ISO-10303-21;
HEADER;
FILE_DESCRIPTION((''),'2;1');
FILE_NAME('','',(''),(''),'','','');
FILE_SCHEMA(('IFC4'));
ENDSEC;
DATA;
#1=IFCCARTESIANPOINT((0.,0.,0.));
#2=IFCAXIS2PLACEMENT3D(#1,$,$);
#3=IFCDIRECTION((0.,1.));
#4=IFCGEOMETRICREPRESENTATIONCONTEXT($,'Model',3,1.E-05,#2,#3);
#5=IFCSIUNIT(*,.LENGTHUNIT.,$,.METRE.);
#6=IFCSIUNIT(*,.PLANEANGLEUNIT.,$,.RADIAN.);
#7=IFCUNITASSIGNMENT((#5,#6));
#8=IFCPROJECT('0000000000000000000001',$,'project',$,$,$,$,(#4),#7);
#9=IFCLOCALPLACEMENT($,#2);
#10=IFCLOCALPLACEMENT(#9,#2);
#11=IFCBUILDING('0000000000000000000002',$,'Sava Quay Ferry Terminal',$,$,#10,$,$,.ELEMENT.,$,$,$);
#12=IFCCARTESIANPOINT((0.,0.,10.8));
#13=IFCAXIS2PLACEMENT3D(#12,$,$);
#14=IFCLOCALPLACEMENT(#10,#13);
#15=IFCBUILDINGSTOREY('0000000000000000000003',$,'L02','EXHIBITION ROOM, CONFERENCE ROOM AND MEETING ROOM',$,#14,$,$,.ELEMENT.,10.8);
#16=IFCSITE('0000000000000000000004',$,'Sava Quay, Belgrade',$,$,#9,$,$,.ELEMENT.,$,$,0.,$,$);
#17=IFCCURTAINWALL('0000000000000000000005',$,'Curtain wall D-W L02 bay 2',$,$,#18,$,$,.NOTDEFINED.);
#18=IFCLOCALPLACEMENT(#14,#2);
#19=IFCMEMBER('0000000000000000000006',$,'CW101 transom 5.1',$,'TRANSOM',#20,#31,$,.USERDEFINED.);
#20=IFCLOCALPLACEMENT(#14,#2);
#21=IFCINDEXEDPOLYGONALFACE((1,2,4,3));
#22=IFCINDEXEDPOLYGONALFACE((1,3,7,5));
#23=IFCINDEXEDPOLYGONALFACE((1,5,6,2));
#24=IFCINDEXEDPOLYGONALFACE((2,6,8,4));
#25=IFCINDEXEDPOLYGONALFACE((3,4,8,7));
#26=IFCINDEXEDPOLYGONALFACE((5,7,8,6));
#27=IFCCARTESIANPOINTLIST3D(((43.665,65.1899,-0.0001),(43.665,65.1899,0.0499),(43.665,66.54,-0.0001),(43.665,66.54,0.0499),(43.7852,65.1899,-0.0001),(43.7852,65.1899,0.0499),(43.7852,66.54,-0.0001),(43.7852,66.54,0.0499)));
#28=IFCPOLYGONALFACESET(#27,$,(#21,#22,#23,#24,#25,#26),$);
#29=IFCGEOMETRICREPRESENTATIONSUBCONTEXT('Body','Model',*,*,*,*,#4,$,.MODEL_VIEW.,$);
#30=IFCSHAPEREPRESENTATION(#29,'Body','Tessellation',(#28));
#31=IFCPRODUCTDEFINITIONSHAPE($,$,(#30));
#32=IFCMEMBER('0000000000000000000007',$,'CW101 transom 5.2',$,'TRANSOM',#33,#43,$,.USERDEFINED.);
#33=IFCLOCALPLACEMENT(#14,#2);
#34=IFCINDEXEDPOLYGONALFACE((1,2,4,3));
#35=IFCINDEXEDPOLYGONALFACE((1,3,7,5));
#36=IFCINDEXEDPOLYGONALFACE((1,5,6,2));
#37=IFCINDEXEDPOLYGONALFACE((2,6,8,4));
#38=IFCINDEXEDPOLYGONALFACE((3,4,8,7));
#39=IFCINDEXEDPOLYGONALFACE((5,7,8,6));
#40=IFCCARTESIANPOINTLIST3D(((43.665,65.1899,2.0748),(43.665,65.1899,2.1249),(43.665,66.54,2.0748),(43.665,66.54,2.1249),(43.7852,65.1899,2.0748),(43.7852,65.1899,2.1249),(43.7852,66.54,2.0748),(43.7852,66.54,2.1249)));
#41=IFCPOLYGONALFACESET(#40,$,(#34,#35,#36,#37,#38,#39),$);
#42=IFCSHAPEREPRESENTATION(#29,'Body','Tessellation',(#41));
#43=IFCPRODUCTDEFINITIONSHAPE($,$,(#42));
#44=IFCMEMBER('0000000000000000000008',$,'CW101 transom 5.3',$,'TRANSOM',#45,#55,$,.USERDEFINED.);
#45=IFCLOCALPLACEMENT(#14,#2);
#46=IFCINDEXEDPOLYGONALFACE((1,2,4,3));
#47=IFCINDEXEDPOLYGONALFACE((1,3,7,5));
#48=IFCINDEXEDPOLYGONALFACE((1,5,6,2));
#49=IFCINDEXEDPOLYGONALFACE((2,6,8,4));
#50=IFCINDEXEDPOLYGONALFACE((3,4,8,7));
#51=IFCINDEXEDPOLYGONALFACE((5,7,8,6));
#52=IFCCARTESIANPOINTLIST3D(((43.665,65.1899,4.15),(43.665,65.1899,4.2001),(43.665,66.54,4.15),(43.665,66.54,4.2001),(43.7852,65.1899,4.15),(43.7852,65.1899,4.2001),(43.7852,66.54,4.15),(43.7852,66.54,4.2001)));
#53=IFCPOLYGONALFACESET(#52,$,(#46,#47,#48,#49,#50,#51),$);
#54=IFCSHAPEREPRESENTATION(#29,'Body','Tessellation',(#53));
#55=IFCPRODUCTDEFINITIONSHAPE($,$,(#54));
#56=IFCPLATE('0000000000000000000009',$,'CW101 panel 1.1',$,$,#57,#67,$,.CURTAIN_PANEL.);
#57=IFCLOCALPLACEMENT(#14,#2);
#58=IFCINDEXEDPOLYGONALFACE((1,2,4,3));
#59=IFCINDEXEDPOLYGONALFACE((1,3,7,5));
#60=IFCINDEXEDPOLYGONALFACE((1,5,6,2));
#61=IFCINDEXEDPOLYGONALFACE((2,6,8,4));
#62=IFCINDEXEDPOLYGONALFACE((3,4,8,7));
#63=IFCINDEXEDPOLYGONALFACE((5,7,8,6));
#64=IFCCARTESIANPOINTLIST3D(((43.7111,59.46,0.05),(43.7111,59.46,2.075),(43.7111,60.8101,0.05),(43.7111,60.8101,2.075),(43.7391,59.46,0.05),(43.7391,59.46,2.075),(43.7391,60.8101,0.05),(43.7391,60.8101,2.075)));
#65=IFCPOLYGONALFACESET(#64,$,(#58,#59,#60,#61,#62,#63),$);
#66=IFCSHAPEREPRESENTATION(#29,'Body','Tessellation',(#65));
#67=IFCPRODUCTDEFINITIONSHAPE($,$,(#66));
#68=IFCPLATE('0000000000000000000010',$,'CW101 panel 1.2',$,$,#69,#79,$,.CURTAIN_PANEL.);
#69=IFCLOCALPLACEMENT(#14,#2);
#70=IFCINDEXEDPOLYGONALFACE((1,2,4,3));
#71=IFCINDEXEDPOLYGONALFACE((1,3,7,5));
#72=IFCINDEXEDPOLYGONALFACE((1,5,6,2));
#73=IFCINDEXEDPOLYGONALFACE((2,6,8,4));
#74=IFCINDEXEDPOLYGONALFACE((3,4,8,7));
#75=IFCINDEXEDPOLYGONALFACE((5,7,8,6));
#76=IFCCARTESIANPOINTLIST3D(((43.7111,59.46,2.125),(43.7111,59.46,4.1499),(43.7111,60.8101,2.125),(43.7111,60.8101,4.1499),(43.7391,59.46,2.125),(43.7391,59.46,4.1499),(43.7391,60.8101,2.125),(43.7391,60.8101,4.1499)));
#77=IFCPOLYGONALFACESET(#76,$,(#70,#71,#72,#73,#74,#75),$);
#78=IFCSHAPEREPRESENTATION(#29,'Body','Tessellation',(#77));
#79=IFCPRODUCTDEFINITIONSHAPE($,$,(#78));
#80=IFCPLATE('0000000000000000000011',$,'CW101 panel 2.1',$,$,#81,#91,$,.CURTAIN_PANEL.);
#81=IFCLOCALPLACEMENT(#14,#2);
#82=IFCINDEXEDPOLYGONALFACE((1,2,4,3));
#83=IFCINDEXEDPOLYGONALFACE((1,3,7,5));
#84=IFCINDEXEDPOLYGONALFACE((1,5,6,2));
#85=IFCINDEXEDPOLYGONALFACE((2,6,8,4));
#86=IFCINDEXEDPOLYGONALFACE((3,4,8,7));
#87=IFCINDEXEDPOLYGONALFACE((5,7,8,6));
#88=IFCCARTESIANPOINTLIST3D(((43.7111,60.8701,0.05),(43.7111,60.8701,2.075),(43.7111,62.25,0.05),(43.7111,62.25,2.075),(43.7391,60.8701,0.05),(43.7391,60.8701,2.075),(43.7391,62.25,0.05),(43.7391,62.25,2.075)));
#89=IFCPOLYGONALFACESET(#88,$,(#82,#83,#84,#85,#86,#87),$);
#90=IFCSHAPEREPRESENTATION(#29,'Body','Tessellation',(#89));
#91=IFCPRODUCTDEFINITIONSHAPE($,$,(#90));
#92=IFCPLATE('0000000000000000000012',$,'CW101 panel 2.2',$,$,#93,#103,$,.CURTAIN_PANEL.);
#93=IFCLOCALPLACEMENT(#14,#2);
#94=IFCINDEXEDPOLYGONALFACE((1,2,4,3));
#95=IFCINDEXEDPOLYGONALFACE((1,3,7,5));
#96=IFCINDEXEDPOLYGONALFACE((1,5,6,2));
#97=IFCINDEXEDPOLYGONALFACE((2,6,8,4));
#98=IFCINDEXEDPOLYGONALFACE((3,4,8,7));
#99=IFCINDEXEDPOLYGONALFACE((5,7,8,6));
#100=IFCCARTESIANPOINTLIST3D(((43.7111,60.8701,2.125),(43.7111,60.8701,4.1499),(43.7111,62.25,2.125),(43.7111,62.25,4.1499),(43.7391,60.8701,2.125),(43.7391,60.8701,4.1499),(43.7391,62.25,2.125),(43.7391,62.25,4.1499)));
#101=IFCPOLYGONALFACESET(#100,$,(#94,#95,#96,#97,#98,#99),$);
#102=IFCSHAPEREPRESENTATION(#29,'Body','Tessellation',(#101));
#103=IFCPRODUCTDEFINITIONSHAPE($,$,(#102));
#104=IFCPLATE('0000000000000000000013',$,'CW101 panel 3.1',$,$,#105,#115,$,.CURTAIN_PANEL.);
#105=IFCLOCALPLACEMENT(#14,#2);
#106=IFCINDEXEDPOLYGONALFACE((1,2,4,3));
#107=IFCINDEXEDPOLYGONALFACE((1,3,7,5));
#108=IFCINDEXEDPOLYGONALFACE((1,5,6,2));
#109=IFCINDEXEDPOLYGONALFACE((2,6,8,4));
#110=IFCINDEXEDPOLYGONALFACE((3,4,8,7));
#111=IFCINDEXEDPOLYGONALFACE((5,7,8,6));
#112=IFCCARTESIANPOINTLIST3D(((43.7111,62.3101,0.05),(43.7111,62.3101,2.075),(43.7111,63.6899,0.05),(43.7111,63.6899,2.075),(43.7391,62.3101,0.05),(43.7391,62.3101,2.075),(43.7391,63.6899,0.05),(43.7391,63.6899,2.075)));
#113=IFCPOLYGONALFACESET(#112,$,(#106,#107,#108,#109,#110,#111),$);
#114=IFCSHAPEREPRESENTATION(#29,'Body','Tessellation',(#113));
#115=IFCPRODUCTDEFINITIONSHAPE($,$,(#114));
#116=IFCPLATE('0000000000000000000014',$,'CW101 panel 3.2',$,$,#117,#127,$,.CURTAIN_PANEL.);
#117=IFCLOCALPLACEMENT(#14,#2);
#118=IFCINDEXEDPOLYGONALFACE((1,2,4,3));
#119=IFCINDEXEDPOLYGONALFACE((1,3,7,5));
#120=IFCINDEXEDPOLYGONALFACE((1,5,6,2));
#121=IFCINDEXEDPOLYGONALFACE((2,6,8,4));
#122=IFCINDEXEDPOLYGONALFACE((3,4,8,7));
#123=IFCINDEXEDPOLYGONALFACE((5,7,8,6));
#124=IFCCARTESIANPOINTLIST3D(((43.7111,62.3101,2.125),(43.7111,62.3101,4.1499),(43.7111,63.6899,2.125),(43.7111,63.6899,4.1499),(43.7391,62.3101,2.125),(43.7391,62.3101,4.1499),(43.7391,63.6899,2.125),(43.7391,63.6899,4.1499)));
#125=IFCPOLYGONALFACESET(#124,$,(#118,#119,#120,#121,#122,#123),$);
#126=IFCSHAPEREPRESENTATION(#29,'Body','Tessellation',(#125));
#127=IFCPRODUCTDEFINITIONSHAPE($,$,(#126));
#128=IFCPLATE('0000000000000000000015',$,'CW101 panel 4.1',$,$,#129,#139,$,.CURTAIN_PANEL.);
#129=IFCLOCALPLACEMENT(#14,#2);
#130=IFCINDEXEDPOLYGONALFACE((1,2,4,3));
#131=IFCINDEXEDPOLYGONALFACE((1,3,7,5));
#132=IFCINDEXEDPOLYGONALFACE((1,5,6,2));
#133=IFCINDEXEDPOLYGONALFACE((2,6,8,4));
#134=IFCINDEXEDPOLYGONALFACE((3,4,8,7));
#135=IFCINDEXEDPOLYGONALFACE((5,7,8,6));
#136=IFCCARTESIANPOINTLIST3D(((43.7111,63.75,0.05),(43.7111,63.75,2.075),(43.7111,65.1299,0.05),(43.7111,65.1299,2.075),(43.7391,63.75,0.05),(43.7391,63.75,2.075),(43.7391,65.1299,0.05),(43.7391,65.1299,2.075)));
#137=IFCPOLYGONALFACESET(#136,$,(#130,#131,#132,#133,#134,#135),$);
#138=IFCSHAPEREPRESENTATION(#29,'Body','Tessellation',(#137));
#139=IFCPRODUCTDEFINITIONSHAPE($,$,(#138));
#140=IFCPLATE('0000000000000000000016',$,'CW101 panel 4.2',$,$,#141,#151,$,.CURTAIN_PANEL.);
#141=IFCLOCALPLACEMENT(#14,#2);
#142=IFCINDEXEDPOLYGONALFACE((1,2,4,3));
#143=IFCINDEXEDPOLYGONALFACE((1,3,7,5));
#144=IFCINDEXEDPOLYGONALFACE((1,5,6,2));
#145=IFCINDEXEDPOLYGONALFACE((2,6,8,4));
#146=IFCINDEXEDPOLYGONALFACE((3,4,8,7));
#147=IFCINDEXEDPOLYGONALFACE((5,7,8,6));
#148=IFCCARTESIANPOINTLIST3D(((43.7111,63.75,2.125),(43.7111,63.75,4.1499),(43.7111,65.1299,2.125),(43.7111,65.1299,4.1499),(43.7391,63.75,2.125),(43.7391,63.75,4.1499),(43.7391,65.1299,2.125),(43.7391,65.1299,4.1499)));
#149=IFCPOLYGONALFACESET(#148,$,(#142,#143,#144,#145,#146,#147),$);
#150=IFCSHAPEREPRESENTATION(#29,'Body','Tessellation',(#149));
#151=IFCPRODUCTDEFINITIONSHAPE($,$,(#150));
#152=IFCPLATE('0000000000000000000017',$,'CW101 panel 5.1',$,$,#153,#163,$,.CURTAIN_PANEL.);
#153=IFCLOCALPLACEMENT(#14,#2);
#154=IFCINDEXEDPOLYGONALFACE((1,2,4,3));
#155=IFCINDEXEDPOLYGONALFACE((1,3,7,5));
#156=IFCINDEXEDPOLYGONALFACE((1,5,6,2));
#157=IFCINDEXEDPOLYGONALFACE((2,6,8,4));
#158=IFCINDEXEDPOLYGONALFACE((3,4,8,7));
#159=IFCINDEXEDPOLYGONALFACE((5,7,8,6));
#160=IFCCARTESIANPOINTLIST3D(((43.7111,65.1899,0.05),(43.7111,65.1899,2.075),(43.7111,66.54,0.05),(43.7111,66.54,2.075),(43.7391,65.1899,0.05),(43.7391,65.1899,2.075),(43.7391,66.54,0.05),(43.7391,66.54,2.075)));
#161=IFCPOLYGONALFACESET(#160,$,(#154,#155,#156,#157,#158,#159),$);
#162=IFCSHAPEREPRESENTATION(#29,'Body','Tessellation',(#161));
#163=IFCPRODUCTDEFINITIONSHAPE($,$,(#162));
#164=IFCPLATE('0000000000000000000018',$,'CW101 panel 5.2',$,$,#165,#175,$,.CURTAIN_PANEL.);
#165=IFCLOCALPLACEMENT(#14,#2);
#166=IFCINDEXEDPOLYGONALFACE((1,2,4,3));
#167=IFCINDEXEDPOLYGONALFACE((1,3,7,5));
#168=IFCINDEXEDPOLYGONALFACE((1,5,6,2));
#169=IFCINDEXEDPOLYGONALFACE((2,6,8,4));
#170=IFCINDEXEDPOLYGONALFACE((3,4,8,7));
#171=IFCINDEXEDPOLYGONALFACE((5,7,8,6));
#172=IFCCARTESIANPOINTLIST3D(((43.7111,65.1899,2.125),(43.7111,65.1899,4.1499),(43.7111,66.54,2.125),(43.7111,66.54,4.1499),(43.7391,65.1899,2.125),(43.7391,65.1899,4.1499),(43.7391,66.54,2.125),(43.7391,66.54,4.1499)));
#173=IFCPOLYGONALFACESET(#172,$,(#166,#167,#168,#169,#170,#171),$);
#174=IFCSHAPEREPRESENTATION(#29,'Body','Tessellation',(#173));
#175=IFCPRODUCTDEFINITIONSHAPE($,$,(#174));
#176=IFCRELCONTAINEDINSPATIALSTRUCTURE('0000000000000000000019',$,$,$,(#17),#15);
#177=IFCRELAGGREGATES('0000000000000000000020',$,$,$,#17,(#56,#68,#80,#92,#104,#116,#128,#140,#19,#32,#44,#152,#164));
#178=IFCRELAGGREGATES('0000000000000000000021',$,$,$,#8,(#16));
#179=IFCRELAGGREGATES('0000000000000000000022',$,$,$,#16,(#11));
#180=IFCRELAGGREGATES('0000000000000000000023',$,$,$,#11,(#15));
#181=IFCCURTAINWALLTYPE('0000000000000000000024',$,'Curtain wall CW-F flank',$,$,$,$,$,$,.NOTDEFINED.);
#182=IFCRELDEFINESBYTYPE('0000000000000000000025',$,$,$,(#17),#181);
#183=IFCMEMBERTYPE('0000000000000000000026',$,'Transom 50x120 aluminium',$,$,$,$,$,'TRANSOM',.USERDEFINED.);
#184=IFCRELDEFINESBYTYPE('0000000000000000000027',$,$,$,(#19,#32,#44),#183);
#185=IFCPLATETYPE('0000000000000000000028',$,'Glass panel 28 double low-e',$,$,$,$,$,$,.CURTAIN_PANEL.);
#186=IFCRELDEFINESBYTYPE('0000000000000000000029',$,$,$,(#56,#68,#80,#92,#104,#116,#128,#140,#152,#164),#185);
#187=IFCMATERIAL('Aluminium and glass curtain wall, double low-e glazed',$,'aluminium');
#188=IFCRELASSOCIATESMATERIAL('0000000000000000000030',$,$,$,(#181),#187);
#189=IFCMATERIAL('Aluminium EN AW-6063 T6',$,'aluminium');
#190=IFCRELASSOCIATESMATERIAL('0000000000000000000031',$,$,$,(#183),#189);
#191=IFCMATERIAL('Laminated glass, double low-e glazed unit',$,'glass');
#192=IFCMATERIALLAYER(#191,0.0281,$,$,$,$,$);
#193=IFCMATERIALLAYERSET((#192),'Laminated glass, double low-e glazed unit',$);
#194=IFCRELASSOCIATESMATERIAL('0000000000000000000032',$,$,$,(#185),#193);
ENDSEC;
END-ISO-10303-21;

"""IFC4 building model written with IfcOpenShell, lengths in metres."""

from ifc_helpers import new_model, si_unit, direction, frame, origin, origin_2d, place, context, subcontext, project, spatial, rectangle, extrude, material, layer, layer_set, material_profile, profile_set, type_object, element, aggregate, save


model = new_model("IFC4")

# Units and contexts
model_context = context("Model", 3, precision=1e-05, world=origin(), true_north=direction((0.0, 1.0)))
body_context = subcontext(model_context, "Body", "Model", "MODEL_VIEW")
ifc_project = project(units=[si_unit("LENGTHUNIT", "METRE"), si_unit("PLANEANGLEUNIT", "RADIAN")], contexts=[model_context])

# Site, building, storey
site_placement = place(None, origin())
site = spatial("IfcSite", under=ifc_project, at=site_placement, Name="Sava Quay, Belgrade", CompositionType="ELEMENT", RefElevation=0.0)
building_placement = place(site_placement, origin())
building = spatial("IfcBuilding", under=site, at=building_placement, Name="Sava Quay Ferry Terminal", CompositionType="ELEMENT")
storey_placement = place(building_placement, frame((0.0, 0.0, 10.8)))
storey = spatial("IfcBuildingStorey", under=building, at=storey_placement, Name="L02", Description="EXHIBITION ROOM, CONFERENCE ROOM AND MEETING ROOM", CompositionType="ELEMENT", Elevation=10.8)

# Shared definitions
ifc_material_1 = material(Name="Aluminium and glass curtain wall, double low-e glazed", Category="aluminium")
curtain_wall_type = type_object("IfcCurtainWallType", Name="Curtain wall CW-F flank", PredefinedType="NOTDEFINED", material=ifc_material_1)

# Curtain wall, members, plates
curtain_wall_1_placement = place(storey_placement, origin())
curtain_wall_1 = element("IfcCurtainWall", 1, at=curtain_wall_1_placement, inside=storey, type_object=curtain_wall_type, Name="Curtain wall D-W L02 bay 2", PredefinedType="NOTDEFINED")
ifc_material_2 = material(Name="Aluminium EN AW-6063 T6", Category="aluminium")
ifc_material_profile_1 = material_profile(ifc_material_2, rectangle(XDim=0.1201, YDim=0.05, at=origin_2d()), Name="Transom 50x120 aluminium")
ifc_profile_set_1 = profile_set([ifc_material_profile_1], Name="Aluminium EN AW-6063 T6")
member_type_1 = type_object("IfcMemberType", Name="Transom 50x120 aluminium", ElementType="TRANSOM", PredefinedType="USERDEFINED", material=ifc_profile_set_1)
member_1_placement = place(storey_placement, frame((43.7251, 65.1899, 0.0249), z_axis=(0.0, 1.0, 0.0), x_axis=(-1.0, 0.0, 0.0)))
member_1 = element("IfcMember", 2, at=member_1_placement, type_object=member_type_1, Name="CW101 transom 5.1", ObjectType="TRANSOM", PredefinedType="USERDEFINED", context=body_context, shape_type="SweptSolid", body=[
    extrude(rectangle(XDim=0.1201, YDim=0.05, at=origin_2d()), origin(), (0.0, 0.0, 1.0), 1.3501),
])
member_2_placement = place(storey_placement, frame((43.7251, 65.1899, 2.0999), z_axis=(0.0, 1.0, 0.0), x_axis=(-1.0, 0.0, 0.0)))
member_2 = element("IfcMember", 3, at=member_2_placement, type_object=member_type_1, Name="CW101 transom 5.2", ObjectType="TRANSOM", PredefinedType="USERDEFINED", context=body_context, shape_type="SweptSolid", body=[
    extrude(rectangle(XDim=0.1201, YDim=0.05, at=origin_2d()), origin(), (0.0, 0.0, 1.0), 1.3501),
])
member_3_placement = place(storey_placement, frame((43.7251, 65.1899, 4.175), z_axis=(0.0, 1.0, 0.0), x_axis=(-1.0, 0.0, 0.0)))
member_3 = element("IfcMember", 4, at=member_3_placement, type_object=member_type_1, Name="CW101 transom 5.3", ObjectType="TRANSOM", PredefinedType="USERDEFINED", context=body_context, shape_type="SweptSolid", body=[
    extrude(rectangle(XDim=0.1201, YDim=0.05, at=origin_2d()), origin(), (0.0, 0.0, 1.0), 1.3501),
])
ifc_material_3 = material(Name="Laminated glass, double low-e glazed unit", Category="glass")
ifc_layer = layer(ifc_material_3, 0.0281)
ifc_layer_set = layer_set([ifc_layer], Name="Laminated glass, double low-e glazed unit")
plate_type = type_object("IfcPlateType", Name="Glass panel 28 double low-e", PredefinedType="CURTAIN_PANEL", material=ifc_layer_set)
plate_1_placement = place(storey_placement, frame((43.7251, 60.135, 0.05), z_axis=(0.0, 0.0, 1.0), x_axis=(0.0, 1.0, 0.0)))
plate_1 = element("IfcPlate", 5, at=plate_1_placement, type_object=plate_type, Name="CW101 panel 1.1", PredefinedType="CURTAIN_PANEL", context=body_context, shape_type="SweptSolid", body=[
    extrude(rectangle(XDim=1.3501, YDim=0.0281, at=origin_2d()), origin(), (0.0, 0.0, 1.0), 2.0249),
])
plate_2_placement = place(storey_placement, frame((43.7251, 60.135, 2.125), z_axis=(0.0, 0.0, 1.0), x_axis=(0.0, 1.0, 0.0)))
plate_2 = element("IfcPlate", 6, at=plate_2_placement, type_object=plate_type, Name="CW101 panel 1.2", PredefinedType="CURTAIN_PANEL", context=body_context, shape_type="SweptSolid", body=[
    extrude(rectangle(XDim=1.3501, YDim=0.0281, at=origin_2d()), origin(), (0.0, 0.0, 1.0), 2.0249),
])
plate_3_placement = place(storey_placement, frame((43.7251, 61.5601, 0.05), z_axis=(0.0, 0.0, 1.0), x_axis=(0.0, 1.0, 0.0)))
plate_3 = element("IfcPlate", 7, at=plate_3_placement, type_object=plate_type, Name="CW101 panel 2.1", PredefinedType="CURTAIN_PANEL", context=body_context, shape_type="SweptSolid", body=[
    extrude(rectangle(XDim=1.3799, YDim=0.0281, at=origin_2d()), origin(), (0.0, 0.0, 1.0), 2.0249),
])
plate_4_placement = place(storey_placement, frame((43.7251, 61.5601, 2.125), z_axis=(0.0, 0.0, 1.0), x_axis=(0.0, 1.0, 0.0)))
plate_4 = element("IfcPlate", 8, at=plate_4_placement, type_object=plate_type, Name="CW101 panel 2.2", PredefinedType="CURTAIN_PANEL", context=body_context, shape_type="SweptSolid", body=[
    extrude(rectangle(XDim=1.3799, YDim=0.0281, at=origin_2d()), origin(), (0.0, 0.0, 1.0), 2.0249),
])
plate_5_placement = place(storey_placement, frame((43.7251, 63.0, 0.05), z_axis=(0.0, 0.0, 1.0), x_axis=(0.0, 1.0, 0.0)))
plate_5 = element("IfcPlate", 9, at=plate_5_placement, type_object=plate_type, Name="CW101 panel 3.1", PredefinedType="CURTAIN_PANEL", context=body_context, shape_type="SweptSolid", body=[
    extrude(rectangle(XDim=1.3799, YDim=0.0281, at=origin_2d()), origin(), (0.0, 0.0, 1.0), 2.0249),
])
plate_6_placement = place(storey_placement, frame((43.7251, 63.0, 2.125), z_axis=(0.0, 0.0, 1.0), x_axis=(0.0, 1.0, 0.0)))
plate_6 = element("IfcPlate", 10, at=plate_6_placement, type_object=plate_type, Name="CW101 panel 3.2", PredefinedType="CURTAIN_PANEL", context=body_context, shape_type="SweptSolid", body=[
    extrude(rectangle(XDim=1.3799, YDim=0.0281, at=origin_2d()), origin(), (0.0, 0.0, 1.0), 2.0249),
])
plate_7_placement = place(storey_placement, frame((43.7251, 64.4399, 0.05), z_axis=(0.0, 0.0, 1.0), x_axis=(0.0, 1.0, 0.0)))
plate_7 = element("IfcPlate", 11, at=plate_7_placement, type_object=plate_type, Name="CW101 panel 4.1", PredefinedType="CURTAIN_PANEL", context=body_context, shape_type="SweptSolid", body=[
    extrude(rectangle(XDim=1.3799, YDim=0.0281, at=origin_2d()), origin(), (0.0, 0.0, 1.0), 2.0249),
])
plate_8_placement = place(storey_placement, frame((43.7251, 64.4399, 2.125), z_axis=(0.0, 0.0, 1.0), x_axis=(0.0, 1.0, 0.0)))
plate_8 = element("IfcPlate", 12, at=plate_8_placement, type_object=plate_type, Name="CW101 panel 4.2", PredefinedType="CURTAIN_PANEL", context=body_context, shape_type="SweptSolid", body=[
    extrude(rectangle(XDim=1.3799, YDim=0.0281, at=origin_2d()), origin(), (0.0, 0.0, 1.0), 2.0249),
])
plate_9_placement = place(storey_placement, frame((43.7251, 65.865, 0.05), z_axis=(0.0, 0.0, 1.0), x_axis=(0.0, 1.0, 0.0)))
plate_9 = element("IfcPlate", 13, at=plate_9_placement, type_object=plate_type, Name="CW101 panel 5.1", PredefinedType="CURTAIN_PANEL", context=body_context, shape_type="SweptSolid", body=[
    extrude(rectangle(XDim=1.3501, YDim=0.0281, at=origin_2d()), origin(), (0.0, 0.0, 1.0), 2.0249),
])
plate_10_placement = place(storey_placement, frame((43.7251, 65.865, 2.125), z_axis=(0.0, 0.0, 1.0), x_axis=(0.0, 1.0, 0.0)))
plate_10 = element("IfcPlate", 14, at=plate_10_placement, type_object=plate_type, Name="CW101 panel 5.2", PredefinedType="CURTAIN_PANEL", context=body_context, shape_type="SweptSolid", body=[
    extrude(rectangle(XDim=1.3501, YDim=0.0281, at=origin_2d()), origin(), (0.0, 0.0, 1.0), 2.0249),
])
aggregate(curtain_wall_1, [plate_1, plate_2, plate_3, plate_4, plate_5, plate_6, plate_7, plate_8, member_1, member_2, member_3, plate_9, plate_10])

save(model, "model.ifc")
